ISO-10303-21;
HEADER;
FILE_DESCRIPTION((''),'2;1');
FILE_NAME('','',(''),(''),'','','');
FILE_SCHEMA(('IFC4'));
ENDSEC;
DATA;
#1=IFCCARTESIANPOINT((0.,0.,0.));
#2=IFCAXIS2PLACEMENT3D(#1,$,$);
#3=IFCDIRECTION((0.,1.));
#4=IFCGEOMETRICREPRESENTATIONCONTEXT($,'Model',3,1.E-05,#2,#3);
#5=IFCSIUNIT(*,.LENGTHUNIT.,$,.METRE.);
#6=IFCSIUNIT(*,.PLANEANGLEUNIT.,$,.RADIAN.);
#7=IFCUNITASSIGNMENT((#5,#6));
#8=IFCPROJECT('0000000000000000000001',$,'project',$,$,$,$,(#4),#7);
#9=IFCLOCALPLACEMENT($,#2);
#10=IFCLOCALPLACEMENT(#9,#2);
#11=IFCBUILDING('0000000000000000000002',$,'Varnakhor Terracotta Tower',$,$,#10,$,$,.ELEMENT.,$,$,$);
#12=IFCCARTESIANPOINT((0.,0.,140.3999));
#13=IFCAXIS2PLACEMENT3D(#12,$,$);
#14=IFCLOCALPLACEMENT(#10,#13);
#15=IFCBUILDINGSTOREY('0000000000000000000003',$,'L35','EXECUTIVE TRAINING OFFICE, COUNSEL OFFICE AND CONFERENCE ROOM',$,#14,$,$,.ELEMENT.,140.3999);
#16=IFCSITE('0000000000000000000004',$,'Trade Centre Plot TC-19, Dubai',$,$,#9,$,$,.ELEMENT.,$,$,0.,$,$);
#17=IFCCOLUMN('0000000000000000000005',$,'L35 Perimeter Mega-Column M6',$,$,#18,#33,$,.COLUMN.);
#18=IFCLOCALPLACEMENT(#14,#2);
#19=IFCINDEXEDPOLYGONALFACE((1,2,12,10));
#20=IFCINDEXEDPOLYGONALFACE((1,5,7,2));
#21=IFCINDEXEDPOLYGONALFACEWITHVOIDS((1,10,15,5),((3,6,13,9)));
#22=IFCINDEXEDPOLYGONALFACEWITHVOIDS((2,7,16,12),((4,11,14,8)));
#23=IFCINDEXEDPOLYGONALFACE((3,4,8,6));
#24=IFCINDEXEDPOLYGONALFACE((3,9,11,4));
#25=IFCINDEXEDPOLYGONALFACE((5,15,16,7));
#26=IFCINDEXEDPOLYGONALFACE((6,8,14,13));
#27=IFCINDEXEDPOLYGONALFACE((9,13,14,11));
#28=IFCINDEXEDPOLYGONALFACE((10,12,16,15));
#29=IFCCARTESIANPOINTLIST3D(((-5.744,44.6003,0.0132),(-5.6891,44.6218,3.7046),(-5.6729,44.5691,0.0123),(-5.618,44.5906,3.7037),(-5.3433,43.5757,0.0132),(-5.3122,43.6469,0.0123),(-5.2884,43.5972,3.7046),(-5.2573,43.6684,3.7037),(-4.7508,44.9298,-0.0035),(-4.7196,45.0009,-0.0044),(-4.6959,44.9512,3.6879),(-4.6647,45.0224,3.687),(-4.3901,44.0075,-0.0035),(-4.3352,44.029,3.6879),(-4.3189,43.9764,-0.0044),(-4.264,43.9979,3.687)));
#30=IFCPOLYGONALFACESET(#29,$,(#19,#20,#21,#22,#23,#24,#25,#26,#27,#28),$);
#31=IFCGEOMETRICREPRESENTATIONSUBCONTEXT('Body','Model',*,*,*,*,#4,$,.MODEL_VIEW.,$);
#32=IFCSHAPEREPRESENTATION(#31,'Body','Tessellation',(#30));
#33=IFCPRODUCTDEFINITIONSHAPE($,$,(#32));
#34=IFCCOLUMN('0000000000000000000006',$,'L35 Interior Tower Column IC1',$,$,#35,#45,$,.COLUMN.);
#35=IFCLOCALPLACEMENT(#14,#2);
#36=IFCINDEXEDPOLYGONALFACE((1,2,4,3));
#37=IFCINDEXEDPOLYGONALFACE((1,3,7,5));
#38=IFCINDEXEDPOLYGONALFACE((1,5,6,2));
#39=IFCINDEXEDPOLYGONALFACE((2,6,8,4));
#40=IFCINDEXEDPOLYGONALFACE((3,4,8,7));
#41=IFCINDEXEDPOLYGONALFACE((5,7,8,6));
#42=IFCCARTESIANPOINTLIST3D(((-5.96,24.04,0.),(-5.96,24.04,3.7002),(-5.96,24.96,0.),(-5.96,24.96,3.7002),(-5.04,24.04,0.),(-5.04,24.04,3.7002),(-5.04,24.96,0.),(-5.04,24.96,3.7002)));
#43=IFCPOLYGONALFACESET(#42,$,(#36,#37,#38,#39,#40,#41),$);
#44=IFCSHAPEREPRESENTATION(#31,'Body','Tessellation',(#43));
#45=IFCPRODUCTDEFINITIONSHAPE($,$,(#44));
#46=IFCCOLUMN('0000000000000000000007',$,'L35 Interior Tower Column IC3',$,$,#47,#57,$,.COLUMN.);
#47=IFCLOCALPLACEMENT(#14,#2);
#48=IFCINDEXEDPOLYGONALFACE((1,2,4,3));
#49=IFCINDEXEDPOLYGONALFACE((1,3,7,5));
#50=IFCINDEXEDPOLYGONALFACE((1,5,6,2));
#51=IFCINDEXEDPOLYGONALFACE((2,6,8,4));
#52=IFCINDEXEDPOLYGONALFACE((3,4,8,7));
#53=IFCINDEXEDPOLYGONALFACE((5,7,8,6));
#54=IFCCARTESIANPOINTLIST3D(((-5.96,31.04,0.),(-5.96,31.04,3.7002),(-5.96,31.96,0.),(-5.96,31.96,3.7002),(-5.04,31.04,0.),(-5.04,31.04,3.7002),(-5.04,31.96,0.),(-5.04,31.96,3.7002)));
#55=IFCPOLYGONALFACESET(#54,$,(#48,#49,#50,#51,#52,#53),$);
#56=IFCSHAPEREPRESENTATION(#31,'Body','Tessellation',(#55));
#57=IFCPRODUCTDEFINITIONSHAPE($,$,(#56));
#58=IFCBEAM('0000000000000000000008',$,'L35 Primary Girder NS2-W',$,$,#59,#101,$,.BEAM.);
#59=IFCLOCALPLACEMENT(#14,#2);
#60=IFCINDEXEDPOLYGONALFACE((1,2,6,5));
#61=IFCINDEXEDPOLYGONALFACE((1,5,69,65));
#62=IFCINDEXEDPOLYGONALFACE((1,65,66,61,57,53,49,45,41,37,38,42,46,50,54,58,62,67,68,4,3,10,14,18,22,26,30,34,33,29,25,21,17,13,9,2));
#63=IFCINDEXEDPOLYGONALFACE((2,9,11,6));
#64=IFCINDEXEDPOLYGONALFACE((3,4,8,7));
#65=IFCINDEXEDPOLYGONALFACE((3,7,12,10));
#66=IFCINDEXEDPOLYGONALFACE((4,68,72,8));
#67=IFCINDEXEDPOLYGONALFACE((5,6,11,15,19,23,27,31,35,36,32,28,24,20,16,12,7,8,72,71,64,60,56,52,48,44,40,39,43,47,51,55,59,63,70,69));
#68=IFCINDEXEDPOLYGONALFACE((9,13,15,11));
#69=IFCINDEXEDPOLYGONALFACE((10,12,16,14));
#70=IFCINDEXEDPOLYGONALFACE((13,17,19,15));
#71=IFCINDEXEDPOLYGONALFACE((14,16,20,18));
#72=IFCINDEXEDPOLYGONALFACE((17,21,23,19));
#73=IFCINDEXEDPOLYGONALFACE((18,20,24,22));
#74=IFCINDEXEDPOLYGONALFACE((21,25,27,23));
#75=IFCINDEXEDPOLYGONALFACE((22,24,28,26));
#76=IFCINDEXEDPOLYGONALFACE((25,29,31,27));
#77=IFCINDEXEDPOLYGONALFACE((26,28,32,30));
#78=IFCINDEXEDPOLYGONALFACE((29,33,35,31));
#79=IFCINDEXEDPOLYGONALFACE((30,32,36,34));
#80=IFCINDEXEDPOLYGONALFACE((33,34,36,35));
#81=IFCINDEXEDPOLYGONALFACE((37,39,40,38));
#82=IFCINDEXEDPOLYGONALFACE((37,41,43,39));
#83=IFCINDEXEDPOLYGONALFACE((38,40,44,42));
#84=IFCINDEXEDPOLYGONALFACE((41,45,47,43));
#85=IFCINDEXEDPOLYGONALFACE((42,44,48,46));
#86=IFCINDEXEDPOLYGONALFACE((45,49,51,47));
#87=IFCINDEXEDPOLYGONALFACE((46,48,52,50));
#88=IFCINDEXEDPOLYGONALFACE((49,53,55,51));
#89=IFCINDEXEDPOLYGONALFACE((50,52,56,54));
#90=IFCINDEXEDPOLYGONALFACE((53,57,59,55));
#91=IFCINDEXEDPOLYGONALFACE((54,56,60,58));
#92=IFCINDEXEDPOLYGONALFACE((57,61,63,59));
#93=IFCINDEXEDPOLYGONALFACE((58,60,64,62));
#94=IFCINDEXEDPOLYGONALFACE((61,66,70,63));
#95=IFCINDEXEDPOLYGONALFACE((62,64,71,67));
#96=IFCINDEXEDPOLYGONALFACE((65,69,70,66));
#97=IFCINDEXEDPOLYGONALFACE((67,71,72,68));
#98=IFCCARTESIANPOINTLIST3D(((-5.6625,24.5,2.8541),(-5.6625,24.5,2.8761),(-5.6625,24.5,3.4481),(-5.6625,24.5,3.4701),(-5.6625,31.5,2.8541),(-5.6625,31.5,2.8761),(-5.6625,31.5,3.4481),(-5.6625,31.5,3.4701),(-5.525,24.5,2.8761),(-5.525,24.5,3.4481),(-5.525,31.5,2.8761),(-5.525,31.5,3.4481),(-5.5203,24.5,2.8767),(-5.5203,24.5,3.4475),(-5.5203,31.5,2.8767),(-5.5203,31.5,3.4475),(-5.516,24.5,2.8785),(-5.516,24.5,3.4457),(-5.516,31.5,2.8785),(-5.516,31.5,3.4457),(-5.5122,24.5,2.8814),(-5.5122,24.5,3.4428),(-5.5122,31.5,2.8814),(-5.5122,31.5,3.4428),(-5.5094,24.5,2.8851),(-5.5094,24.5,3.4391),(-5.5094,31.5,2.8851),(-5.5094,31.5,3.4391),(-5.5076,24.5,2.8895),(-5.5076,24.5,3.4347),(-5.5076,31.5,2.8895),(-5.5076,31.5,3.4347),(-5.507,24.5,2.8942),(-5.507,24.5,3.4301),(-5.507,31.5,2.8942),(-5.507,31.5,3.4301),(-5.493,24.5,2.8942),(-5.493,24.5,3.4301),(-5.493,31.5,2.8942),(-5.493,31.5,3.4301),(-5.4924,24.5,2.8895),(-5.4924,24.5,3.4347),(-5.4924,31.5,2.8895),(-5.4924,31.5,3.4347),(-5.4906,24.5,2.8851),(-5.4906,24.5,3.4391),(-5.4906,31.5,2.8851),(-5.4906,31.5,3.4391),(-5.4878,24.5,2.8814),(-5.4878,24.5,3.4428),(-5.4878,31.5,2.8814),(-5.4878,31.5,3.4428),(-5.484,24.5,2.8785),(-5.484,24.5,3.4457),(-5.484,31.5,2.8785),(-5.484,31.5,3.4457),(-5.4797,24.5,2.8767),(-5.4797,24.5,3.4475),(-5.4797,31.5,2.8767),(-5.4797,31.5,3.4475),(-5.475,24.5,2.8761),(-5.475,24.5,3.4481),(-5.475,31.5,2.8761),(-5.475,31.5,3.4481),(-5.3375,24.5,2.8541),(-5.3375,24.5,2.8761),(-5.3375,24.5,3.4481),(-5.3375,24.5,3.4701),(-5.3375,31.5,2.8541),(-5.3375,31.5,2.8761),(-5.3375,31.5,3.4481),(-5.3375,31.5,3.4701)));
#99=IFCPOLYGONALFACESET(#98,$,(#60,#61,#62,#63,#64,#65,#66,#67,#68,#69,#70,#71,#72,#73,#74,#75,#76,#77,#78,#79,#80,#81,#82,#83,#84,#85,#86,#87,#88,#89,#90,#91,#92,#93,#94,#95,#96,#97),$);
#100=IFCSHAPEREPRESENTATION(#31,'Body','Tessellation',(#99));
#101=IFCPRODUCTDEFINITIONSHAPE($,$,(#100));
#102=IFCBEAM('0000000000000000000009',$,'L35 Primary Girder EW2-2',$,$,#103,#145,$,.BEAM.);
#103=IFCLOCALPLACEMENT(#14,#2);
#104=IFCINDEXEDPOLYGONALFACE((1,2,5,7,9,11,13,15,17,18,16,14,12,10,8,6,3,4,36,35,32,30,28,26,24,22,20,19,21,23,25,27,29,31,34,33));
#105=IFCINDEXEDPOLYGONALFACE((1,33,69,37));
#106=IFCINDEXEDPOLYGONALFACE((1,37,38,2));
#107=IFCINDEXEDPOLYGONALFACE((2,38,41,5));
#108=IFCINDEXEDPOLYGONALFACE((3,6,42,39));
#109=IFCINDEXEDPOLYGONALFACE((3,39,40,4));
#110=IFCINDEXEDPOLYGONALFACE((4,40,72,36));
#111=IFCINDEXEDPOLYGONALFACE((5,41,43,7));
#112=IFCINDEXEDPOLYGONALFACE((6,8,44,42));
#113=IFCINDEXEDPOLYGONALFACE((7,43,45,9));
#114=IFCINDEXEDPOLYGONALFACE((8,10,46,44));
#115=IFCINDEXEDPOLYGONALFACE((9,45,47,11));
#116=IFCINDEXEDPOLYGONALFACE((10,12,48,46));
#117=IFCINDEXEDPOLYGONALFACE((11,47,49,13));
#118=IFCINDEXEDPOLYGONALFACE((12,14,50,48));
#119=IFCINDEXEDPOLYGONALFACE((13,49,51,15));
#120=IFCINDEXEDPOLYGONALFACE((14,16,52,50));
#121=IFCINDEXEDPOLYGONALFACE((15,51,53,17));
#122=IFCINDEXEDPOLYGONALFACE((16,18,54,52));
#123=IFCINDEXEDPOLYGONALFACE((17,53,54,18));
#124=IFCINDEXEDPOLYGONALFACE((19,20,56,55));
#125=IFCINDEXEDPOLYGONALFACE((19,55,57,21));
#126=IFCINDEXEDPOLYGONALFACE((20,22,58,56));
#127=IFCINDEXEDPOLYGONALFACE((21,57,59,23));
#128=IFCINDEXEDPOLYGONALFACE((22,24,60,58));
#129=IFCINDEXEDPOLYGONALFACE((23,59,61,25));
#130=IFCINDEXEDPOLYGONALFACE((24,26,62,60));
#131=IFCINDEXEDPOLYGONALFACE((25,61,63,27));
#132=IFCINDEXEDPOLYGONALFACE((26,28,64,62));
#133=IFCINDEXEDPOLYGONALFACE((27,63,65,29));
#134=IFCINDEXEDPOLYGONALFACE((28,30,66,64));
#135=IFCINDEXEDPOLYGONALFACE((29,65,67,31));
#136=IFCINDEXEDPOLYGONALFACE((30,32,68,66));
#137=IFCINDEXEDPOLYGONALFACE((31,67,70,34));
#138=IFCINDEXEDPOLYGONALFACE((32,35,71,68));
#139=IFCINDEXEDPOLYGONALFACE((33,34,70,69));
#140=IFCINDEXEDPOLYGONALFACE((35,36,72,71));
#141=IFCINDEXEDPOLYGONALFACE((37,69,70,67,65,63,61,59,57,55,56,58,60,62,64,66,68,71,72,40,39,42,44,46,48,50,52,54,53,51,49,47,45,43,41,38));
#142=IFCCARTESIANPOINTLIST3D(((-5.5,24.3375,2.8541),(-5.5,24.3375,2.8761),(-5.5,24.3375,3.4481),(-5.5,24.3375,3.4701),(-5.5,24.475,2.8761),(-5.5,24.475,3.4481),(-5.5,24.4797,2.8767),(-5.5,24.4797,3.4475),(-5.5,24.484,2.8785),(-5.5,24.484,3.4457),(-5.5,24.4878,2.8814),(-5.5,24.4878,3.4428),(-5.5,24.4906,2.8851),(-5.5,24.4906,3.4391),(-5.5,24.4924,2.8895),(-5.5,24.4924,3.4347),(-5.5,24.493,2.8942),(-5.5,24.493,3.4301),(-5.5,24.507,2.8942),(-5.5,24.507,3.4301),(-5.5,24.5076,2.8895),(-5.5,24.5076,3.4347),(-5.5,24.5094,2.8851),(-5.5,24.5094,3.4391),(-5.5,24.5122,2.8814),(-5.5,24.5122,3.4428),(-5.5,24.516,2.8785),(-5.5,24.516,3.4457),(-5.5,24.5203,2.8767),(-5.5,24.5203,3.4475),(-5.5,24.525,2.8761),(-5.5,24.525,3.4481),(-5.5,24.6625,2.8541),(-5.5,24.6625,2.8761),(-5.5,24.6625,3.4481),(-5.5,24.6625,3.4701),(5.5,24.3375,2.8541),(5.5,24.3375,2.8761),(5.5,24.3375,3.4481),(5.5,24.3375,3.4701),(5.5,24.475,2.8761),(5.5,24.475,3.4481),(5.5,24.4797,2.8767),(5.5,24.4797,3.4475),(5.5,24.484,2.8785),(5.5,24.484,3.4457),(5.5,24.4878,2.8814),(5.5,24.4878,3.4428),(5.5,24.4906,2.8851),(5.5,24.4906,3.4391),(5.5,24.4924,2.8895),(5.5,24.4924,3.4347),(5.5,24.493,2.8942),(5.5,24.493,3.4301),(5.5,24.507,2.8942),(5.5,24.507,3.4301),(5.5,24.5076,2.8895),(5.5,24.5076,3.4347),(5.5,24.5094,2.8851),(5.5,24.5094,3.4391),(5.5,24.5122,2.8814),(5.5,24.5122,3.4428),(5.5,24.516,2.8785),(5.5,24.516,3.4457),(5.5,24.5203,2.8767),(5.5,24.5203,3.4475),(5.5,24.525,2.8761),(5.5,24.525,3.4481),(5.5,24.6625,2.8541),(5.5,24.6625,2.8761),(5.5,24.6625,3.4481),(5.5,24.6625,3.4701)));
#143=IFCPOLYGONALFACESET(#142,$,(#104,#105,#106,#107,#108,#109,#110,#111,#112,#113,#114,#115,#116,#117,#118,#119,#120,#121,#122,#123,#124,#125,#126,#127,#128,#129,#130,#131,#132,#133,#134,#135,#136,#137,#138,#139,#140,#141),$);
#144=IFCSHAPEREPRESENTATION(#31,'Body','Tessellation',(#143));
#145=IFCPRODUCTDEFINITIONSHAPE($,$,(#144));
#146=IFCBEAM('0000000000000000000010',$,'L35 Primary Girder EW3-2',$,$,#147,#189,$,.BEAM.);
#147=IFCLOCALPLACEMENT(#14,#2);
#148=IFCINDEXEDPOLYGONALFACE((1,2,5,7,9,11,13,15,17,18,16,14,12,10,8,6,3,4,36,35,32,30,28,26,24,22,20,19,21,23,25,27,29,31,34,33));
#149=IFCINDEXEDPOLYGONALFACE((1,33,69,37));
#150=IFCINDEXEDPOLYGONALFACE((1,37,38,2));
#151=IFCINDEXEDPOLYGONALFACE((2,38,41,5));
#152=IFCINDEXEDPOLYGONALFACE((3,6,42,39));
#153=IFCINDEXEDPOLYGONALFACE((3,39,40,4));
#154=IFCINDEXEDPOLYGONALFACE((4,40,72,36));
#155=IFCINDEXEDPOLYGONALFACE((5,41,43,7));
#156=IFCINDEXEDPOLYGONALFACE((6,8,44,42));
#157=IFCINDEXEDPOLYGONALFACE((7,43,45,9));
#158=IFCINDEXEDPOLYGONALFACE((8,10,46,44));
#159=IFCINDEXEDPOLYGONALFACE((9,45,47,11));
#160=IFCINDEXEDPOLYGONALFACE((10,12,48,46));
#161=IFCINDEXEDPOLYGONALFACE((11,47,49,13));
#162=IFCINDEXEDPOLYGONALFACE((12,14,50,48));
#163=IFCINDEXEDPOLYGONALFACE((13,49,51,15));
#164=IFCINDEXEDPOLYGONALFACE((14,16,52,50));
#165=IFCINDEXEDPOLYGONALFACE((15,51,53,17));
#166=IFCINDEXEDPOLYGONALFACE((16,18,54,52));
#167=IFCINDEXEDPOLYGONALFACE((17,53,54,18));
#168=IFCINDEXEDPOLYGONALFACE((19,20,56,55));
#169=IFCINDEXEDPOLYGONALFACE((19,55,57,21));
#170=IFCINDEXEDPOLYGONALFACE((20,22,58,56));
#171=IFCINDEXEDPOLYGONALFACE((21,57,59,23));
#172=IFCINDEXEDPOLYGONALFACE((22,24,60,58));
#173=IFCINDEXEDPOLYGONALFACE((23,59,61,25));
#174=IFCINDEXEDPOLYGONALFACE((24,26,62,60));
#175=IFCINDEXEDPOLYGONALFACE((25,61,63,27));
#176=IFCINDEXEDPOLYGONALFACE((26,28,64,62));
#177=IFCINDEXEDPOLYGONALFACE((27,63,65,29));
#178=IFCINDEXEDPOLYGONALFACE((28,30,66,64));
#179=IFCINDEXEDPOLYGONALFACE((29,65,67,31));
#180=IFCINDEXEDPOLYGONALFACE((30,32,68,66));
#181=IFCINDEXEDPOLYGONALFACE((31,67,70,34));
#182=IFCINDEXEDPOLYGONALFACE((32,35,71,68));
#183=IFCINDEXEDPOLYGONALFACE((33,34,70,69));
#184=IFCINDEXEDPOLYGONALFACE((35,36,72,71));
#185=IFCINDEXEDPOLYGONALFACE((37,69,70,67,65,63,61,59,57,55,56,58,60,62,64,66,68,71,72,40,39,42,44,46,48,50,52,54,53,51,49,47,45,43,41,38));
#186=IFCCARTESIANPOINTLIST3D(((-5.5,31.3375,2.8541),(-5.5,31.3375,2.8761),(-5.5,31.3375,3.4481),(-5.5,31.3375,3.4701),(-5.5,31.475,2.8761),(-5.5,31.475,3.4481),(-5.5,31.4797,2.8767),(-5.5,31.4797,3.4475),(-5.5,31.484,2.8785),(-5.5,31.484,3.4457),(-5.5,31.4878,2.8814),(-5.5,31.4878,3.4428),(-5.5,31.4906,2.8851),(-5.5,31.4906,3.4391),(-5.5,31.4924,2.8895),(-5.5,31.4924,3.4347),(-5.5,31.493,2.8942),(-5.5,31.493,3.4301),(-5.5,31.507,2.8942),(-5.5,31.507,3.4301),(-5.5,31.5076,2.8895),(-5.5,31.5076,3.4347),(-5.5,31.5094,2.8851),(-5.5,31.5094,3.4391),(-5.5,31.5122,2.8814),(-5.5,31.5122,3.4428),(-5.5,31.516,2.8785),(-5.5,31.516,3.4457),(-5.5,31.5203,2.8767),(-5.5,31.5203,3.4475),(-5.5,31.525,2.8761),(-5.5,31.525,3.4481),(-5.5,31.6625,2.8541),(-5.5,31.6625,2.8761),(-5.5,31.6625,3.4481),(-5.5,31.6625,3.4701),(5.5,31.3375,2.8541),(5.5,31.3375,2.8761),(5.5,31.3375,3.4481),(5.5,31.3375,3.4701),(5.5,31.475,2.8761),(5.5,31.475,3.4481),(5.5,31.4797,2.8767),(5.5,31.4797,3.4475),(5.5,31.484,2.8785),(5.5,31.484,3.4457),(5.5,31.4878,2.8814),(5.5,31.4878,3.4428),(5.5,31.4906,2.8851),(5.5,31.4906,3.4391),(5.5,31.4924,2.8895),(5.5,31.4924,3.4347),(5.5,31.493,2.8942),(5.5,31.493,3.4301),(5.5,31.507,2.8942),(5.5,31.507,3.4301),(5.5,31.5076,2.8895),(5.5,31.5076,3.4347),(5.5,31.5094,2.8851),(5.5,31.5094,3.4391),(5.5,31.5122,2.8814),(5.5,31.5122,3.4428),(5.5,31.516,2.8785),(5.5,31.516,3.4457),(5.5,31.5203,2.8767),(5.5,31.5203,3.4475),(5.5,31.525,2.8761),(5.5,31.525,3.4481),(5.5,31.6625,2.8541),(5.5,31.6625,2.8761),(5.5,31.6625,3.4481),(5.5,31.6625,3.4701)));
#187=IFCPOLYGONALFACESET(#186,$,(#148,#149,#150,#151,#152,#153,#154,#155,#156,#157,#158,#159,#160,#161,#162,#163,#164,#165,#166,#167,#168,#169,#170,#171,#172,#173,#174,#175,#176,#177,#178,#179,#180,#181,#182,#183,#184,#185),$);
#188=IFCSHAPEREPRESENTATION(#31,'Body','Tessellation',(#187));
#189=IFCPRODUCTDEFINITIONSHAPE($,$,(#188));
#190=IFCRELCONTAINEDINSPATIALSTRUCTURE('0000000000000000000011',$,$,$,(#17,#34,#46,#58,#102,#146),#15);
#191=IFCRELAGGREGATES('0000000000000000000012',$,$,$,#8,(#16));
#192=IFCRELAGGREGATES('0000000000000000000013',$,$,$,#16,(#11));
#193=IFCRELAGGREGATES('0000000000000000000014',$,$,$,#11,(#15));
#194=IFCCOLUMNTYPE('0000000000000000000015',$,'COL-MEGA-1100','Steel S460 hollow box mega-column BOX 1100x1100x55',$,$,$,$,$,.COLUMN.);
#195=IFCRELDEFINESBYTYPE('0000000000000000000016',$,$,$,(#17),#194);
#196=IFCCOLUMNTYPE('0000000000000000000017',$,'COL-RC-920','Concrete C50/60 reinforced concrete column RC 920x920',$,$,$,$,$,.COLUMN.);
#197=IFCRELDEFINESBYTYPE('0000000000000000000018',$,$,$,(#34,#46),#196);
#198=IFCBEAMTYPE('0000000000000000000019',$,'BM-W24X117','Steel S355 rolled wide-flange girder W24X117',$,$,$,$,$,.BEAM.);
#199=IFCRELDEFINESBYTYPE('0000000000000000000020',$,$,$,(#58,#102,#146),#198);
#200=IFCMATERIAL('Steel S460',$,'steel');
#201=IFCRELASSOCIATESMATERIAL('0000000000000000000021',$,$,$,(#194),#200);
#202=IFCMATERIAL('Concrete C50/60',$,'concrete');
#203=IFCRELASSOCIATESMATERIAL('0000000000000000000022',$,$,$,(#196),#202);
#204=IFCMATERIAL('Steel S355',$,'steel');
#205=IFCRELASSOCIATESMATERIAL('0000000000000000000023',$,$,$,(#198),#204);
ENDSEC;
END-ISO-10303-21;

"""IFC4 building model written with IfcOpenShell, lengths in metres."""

from ifc_helpers import new_model, si_unit, direction, frame, origin, origin_2d, place, context, subcontext, project, spatial, rectangle, hollow_rectangle, i_section, extrude, source, transform, mapped, material, material_profile, profile_set, type_object, element, save


model = new_model("IFC4")

# Units and contexts
model_context = context("Model", 3, precision=1e-05, world=origin(), true_north=direction((0.0, 1.0)))
body_context = subcontext(model_context, "Body", "Model", "MODEL_VIEW")
ifc_project = project(units=[si_unit("LENGTHUNIT", "METRE"), si_unit("PLANEANGLEUNIT", "RADIAN")], contexts=[model_context])

# Site, building, storey
site_placement = place(None, origin())
site = spatial("IfcSite", under=ifc_project, at=site_placement, Name="Trade Centre Plot TC-19, Dubai", CompositionType="ELEMENT", RefElevation=0.0)
building_placement = place(site_placement, origin())
building = spatial("IfcBuilding", under=site, at=building_placement, Name="Varnakhor Terracotta Tower", CompositionType="ELEMENT")
storey_placement = place(building_placement, frame((0.0, 0.0, 140.3999)))
storey = spatial("IfcBuildingStorey", under=building, at=storey_placement, Name="L35", Description="EXECUTIVE TRAINING OFFICE, COUNSEL OFFICE AND CONFERENCE ROOM", CompositionType="ELEMENT", Elevation=140.3999)

# Columns
ifc_material_1 = material(Name="Steel S460", Category="steel")
ifc_material_profile_1 = material_profile(ifc_material_1, hollow_rectangle(XDim=1.1001, YDim=1.1001, WallThickness=0.0549, at=origin_2d()), Name="BOX 1100x1100x55")
ifc_profile_set_1 = profile_set([ifc_material_profile_1], Name="Steel S460")
column_type_1 = type_object("IfcColumnType", Name="COL-MEGA-1100", Description="Steel S460 hollow box mega-column BOX 1100x1100x55", PredefinedType="COLUMN", material=ifc_profile_set_1)
shared_shape_1 = source(origin(), body_context, "Body", "SweptSolid", [
    extrude(hollow_rectangle(XDim=1.1001, YDim=1.1001, WallThickness=0.0549, at=origin_2d()), origin(), (0.0, 0.0, 1.0), 3.6919),
])
column_placement = place(storey_placement, frame((-5.0315, 44.2883, 0.0044), z_axis=(0.014879, 0.005819, 0.999872), x_axis=(-0.364243, 0.931304, 0.0)))
element("IfcColumn", 1, at=column_placement, inside=storey, type_object=column_type_1, Name="L35 Perimeter Mega-Column M6", PredefinedType="COLUMN", context=body_context, shape_type="MappedRepresentation", body=[
    mapped(shared_shape_1, transform((0.0, 0.0, 0.0), scale=1.0)),
])
ifc_material_2 = material(Name="Concrete C50/60", Category="concrete")
ifc_material_profile_2 = material_profile(ifc_material_2, rectangle(XDim=0.9199, YDim=0.9199, at=origin_2d()), Name="RC 920x920")
ifc_profile_set_2 = profile_set([ifc_material_profile_2], Name="Concrete C50/60")
column_type_2 = type_object("IfcColumnType", Name="COL-RC-920", Description="Concrete C50/60 reinforced concrete column RC 920x920", PredefinedType="COLUMN", material=ifc_profile_set_2)
shared_shape_2 = source(origin(), body_context, "Body", "SweptSolid", [
    extrude(rectangle(XDim=0.9199, YDim=0.9199, at=origin_2d()), origin(), (0.0, 0.0, 1.0), 3.7002),
])
for number, where, z_axis, x_axis, name in (
    (2, (-5.5, 24.5, 0.0), (0.0, 0.0, 1.0), (1.0, 0.0, 0.0), "L35 Interior Tower Column IC1"),
    (3, (-5.5, 31.5, 0.0), (0.0, 0.0, 1.0), (1.0, 0.0, 0.0), "L35 Interior Tower Column IC3"),
):
    element("IfcColumn", number, at=place(storey_placement, frame(where, z_axis=z_axis, x_axis=x_axis)), inside=storey, type_object=column_type_2, Name=name, PredefinedType="COLUMN", context=body_context, shape_type="MappedRepresentation", body=[
        mapped(shared_shape_2, transform((0.0, 0.0, 0.0), scale=1.0)),
    ])

# Beams
ifc_material_3 = material(Name="Steel S355", Category="steel")
ifc_material_profile_3 = material_profile(ifc_material_3, i_section(OverallWidth=0.325, OverallDepth=0.616, WebThickness=0.0139, FlangeThickness=0.022, FilletRadius=0.0181, at=origin_2d()), Name="W24X117")
ifc_profile_set_3 = profile_set([ifc_material_profile_3], Name="Steel S355")
beam_type_1 = type_object("IfcBeamType", Name="BM-W24X117", Description="Steel S355 rolled wide-flange girder W24X117", PredefinedType="BEAM", material=ifc_profile_set_3)
shared_shape_3 = source(origin(), body_context, "Body", "SweptSolid", [
    extrude(i_section(OverallWidth=0.325, OverallDepth=0.616, WebThickness=0.0139, FlangeThickness=0.022, FilletRadius=0.0181, at=origin_2d()), origin(), (0.0, 0.0, 1.0), 7.0),
])
beam_1_placement = place(storey_placement, frame((-5.5, 24.5, 3.1621), z_axis=(0.0, 1.0, 0.0), x_axis=(-1.0, 0.0, 0.0)))
element("IfcBeam", 4, at=beam_1_placement, inside=storey, type_object=beam_type_1, Name="L35 Primary Girder NS2-W", PredefinedType="BEAM", context=body_context, shape_type="MappedRepresentation", body=[
    mapped(shared_shape_3, transform((0.0, 0.0, 0.0), scale=1.0)),
])
shared_shape_4 = source(origin(), body_context, "Body", "SweptSolid", [
    extrude(i_section(OverallWidth=0.325, OverallDepth=0.616, WebThickness=0.0139, FlangeThickness=0.022, FilletRadius=0.0181, at=origin_2d()), origin(), (0.0, 0.0, 1.0), 11.0),
])
for number, where, z_axis, x_axis, name in (
    (5, (-5.5, 24.5, 3.1621), (1.0, 0.0, 0.0), (0.0, 1.0, 0.0), "L35 Primary Girder EW2-2"),
    (6, (-5.5, 31.5, 3.1621), (1.0, 0.0, 0.0), (0.0, 1.0, 0.0), "L35 Primary Girder EW3-2"),
):
    element("IfcBeam", number, at=place(storey_placement, frame(where, z_axis=z_axis, x_axis=x_axis)), inside=storey, type_object=beam_type_1, Name=name, PredefinedType="BEAM", context=body_context, shape_type="MappedRepresentation", body=[
        mapped(shared_shape_4, transform((0.0, 0.0, 0.0), scale=1.0)),
    ])

save(model, "model.ifc")
